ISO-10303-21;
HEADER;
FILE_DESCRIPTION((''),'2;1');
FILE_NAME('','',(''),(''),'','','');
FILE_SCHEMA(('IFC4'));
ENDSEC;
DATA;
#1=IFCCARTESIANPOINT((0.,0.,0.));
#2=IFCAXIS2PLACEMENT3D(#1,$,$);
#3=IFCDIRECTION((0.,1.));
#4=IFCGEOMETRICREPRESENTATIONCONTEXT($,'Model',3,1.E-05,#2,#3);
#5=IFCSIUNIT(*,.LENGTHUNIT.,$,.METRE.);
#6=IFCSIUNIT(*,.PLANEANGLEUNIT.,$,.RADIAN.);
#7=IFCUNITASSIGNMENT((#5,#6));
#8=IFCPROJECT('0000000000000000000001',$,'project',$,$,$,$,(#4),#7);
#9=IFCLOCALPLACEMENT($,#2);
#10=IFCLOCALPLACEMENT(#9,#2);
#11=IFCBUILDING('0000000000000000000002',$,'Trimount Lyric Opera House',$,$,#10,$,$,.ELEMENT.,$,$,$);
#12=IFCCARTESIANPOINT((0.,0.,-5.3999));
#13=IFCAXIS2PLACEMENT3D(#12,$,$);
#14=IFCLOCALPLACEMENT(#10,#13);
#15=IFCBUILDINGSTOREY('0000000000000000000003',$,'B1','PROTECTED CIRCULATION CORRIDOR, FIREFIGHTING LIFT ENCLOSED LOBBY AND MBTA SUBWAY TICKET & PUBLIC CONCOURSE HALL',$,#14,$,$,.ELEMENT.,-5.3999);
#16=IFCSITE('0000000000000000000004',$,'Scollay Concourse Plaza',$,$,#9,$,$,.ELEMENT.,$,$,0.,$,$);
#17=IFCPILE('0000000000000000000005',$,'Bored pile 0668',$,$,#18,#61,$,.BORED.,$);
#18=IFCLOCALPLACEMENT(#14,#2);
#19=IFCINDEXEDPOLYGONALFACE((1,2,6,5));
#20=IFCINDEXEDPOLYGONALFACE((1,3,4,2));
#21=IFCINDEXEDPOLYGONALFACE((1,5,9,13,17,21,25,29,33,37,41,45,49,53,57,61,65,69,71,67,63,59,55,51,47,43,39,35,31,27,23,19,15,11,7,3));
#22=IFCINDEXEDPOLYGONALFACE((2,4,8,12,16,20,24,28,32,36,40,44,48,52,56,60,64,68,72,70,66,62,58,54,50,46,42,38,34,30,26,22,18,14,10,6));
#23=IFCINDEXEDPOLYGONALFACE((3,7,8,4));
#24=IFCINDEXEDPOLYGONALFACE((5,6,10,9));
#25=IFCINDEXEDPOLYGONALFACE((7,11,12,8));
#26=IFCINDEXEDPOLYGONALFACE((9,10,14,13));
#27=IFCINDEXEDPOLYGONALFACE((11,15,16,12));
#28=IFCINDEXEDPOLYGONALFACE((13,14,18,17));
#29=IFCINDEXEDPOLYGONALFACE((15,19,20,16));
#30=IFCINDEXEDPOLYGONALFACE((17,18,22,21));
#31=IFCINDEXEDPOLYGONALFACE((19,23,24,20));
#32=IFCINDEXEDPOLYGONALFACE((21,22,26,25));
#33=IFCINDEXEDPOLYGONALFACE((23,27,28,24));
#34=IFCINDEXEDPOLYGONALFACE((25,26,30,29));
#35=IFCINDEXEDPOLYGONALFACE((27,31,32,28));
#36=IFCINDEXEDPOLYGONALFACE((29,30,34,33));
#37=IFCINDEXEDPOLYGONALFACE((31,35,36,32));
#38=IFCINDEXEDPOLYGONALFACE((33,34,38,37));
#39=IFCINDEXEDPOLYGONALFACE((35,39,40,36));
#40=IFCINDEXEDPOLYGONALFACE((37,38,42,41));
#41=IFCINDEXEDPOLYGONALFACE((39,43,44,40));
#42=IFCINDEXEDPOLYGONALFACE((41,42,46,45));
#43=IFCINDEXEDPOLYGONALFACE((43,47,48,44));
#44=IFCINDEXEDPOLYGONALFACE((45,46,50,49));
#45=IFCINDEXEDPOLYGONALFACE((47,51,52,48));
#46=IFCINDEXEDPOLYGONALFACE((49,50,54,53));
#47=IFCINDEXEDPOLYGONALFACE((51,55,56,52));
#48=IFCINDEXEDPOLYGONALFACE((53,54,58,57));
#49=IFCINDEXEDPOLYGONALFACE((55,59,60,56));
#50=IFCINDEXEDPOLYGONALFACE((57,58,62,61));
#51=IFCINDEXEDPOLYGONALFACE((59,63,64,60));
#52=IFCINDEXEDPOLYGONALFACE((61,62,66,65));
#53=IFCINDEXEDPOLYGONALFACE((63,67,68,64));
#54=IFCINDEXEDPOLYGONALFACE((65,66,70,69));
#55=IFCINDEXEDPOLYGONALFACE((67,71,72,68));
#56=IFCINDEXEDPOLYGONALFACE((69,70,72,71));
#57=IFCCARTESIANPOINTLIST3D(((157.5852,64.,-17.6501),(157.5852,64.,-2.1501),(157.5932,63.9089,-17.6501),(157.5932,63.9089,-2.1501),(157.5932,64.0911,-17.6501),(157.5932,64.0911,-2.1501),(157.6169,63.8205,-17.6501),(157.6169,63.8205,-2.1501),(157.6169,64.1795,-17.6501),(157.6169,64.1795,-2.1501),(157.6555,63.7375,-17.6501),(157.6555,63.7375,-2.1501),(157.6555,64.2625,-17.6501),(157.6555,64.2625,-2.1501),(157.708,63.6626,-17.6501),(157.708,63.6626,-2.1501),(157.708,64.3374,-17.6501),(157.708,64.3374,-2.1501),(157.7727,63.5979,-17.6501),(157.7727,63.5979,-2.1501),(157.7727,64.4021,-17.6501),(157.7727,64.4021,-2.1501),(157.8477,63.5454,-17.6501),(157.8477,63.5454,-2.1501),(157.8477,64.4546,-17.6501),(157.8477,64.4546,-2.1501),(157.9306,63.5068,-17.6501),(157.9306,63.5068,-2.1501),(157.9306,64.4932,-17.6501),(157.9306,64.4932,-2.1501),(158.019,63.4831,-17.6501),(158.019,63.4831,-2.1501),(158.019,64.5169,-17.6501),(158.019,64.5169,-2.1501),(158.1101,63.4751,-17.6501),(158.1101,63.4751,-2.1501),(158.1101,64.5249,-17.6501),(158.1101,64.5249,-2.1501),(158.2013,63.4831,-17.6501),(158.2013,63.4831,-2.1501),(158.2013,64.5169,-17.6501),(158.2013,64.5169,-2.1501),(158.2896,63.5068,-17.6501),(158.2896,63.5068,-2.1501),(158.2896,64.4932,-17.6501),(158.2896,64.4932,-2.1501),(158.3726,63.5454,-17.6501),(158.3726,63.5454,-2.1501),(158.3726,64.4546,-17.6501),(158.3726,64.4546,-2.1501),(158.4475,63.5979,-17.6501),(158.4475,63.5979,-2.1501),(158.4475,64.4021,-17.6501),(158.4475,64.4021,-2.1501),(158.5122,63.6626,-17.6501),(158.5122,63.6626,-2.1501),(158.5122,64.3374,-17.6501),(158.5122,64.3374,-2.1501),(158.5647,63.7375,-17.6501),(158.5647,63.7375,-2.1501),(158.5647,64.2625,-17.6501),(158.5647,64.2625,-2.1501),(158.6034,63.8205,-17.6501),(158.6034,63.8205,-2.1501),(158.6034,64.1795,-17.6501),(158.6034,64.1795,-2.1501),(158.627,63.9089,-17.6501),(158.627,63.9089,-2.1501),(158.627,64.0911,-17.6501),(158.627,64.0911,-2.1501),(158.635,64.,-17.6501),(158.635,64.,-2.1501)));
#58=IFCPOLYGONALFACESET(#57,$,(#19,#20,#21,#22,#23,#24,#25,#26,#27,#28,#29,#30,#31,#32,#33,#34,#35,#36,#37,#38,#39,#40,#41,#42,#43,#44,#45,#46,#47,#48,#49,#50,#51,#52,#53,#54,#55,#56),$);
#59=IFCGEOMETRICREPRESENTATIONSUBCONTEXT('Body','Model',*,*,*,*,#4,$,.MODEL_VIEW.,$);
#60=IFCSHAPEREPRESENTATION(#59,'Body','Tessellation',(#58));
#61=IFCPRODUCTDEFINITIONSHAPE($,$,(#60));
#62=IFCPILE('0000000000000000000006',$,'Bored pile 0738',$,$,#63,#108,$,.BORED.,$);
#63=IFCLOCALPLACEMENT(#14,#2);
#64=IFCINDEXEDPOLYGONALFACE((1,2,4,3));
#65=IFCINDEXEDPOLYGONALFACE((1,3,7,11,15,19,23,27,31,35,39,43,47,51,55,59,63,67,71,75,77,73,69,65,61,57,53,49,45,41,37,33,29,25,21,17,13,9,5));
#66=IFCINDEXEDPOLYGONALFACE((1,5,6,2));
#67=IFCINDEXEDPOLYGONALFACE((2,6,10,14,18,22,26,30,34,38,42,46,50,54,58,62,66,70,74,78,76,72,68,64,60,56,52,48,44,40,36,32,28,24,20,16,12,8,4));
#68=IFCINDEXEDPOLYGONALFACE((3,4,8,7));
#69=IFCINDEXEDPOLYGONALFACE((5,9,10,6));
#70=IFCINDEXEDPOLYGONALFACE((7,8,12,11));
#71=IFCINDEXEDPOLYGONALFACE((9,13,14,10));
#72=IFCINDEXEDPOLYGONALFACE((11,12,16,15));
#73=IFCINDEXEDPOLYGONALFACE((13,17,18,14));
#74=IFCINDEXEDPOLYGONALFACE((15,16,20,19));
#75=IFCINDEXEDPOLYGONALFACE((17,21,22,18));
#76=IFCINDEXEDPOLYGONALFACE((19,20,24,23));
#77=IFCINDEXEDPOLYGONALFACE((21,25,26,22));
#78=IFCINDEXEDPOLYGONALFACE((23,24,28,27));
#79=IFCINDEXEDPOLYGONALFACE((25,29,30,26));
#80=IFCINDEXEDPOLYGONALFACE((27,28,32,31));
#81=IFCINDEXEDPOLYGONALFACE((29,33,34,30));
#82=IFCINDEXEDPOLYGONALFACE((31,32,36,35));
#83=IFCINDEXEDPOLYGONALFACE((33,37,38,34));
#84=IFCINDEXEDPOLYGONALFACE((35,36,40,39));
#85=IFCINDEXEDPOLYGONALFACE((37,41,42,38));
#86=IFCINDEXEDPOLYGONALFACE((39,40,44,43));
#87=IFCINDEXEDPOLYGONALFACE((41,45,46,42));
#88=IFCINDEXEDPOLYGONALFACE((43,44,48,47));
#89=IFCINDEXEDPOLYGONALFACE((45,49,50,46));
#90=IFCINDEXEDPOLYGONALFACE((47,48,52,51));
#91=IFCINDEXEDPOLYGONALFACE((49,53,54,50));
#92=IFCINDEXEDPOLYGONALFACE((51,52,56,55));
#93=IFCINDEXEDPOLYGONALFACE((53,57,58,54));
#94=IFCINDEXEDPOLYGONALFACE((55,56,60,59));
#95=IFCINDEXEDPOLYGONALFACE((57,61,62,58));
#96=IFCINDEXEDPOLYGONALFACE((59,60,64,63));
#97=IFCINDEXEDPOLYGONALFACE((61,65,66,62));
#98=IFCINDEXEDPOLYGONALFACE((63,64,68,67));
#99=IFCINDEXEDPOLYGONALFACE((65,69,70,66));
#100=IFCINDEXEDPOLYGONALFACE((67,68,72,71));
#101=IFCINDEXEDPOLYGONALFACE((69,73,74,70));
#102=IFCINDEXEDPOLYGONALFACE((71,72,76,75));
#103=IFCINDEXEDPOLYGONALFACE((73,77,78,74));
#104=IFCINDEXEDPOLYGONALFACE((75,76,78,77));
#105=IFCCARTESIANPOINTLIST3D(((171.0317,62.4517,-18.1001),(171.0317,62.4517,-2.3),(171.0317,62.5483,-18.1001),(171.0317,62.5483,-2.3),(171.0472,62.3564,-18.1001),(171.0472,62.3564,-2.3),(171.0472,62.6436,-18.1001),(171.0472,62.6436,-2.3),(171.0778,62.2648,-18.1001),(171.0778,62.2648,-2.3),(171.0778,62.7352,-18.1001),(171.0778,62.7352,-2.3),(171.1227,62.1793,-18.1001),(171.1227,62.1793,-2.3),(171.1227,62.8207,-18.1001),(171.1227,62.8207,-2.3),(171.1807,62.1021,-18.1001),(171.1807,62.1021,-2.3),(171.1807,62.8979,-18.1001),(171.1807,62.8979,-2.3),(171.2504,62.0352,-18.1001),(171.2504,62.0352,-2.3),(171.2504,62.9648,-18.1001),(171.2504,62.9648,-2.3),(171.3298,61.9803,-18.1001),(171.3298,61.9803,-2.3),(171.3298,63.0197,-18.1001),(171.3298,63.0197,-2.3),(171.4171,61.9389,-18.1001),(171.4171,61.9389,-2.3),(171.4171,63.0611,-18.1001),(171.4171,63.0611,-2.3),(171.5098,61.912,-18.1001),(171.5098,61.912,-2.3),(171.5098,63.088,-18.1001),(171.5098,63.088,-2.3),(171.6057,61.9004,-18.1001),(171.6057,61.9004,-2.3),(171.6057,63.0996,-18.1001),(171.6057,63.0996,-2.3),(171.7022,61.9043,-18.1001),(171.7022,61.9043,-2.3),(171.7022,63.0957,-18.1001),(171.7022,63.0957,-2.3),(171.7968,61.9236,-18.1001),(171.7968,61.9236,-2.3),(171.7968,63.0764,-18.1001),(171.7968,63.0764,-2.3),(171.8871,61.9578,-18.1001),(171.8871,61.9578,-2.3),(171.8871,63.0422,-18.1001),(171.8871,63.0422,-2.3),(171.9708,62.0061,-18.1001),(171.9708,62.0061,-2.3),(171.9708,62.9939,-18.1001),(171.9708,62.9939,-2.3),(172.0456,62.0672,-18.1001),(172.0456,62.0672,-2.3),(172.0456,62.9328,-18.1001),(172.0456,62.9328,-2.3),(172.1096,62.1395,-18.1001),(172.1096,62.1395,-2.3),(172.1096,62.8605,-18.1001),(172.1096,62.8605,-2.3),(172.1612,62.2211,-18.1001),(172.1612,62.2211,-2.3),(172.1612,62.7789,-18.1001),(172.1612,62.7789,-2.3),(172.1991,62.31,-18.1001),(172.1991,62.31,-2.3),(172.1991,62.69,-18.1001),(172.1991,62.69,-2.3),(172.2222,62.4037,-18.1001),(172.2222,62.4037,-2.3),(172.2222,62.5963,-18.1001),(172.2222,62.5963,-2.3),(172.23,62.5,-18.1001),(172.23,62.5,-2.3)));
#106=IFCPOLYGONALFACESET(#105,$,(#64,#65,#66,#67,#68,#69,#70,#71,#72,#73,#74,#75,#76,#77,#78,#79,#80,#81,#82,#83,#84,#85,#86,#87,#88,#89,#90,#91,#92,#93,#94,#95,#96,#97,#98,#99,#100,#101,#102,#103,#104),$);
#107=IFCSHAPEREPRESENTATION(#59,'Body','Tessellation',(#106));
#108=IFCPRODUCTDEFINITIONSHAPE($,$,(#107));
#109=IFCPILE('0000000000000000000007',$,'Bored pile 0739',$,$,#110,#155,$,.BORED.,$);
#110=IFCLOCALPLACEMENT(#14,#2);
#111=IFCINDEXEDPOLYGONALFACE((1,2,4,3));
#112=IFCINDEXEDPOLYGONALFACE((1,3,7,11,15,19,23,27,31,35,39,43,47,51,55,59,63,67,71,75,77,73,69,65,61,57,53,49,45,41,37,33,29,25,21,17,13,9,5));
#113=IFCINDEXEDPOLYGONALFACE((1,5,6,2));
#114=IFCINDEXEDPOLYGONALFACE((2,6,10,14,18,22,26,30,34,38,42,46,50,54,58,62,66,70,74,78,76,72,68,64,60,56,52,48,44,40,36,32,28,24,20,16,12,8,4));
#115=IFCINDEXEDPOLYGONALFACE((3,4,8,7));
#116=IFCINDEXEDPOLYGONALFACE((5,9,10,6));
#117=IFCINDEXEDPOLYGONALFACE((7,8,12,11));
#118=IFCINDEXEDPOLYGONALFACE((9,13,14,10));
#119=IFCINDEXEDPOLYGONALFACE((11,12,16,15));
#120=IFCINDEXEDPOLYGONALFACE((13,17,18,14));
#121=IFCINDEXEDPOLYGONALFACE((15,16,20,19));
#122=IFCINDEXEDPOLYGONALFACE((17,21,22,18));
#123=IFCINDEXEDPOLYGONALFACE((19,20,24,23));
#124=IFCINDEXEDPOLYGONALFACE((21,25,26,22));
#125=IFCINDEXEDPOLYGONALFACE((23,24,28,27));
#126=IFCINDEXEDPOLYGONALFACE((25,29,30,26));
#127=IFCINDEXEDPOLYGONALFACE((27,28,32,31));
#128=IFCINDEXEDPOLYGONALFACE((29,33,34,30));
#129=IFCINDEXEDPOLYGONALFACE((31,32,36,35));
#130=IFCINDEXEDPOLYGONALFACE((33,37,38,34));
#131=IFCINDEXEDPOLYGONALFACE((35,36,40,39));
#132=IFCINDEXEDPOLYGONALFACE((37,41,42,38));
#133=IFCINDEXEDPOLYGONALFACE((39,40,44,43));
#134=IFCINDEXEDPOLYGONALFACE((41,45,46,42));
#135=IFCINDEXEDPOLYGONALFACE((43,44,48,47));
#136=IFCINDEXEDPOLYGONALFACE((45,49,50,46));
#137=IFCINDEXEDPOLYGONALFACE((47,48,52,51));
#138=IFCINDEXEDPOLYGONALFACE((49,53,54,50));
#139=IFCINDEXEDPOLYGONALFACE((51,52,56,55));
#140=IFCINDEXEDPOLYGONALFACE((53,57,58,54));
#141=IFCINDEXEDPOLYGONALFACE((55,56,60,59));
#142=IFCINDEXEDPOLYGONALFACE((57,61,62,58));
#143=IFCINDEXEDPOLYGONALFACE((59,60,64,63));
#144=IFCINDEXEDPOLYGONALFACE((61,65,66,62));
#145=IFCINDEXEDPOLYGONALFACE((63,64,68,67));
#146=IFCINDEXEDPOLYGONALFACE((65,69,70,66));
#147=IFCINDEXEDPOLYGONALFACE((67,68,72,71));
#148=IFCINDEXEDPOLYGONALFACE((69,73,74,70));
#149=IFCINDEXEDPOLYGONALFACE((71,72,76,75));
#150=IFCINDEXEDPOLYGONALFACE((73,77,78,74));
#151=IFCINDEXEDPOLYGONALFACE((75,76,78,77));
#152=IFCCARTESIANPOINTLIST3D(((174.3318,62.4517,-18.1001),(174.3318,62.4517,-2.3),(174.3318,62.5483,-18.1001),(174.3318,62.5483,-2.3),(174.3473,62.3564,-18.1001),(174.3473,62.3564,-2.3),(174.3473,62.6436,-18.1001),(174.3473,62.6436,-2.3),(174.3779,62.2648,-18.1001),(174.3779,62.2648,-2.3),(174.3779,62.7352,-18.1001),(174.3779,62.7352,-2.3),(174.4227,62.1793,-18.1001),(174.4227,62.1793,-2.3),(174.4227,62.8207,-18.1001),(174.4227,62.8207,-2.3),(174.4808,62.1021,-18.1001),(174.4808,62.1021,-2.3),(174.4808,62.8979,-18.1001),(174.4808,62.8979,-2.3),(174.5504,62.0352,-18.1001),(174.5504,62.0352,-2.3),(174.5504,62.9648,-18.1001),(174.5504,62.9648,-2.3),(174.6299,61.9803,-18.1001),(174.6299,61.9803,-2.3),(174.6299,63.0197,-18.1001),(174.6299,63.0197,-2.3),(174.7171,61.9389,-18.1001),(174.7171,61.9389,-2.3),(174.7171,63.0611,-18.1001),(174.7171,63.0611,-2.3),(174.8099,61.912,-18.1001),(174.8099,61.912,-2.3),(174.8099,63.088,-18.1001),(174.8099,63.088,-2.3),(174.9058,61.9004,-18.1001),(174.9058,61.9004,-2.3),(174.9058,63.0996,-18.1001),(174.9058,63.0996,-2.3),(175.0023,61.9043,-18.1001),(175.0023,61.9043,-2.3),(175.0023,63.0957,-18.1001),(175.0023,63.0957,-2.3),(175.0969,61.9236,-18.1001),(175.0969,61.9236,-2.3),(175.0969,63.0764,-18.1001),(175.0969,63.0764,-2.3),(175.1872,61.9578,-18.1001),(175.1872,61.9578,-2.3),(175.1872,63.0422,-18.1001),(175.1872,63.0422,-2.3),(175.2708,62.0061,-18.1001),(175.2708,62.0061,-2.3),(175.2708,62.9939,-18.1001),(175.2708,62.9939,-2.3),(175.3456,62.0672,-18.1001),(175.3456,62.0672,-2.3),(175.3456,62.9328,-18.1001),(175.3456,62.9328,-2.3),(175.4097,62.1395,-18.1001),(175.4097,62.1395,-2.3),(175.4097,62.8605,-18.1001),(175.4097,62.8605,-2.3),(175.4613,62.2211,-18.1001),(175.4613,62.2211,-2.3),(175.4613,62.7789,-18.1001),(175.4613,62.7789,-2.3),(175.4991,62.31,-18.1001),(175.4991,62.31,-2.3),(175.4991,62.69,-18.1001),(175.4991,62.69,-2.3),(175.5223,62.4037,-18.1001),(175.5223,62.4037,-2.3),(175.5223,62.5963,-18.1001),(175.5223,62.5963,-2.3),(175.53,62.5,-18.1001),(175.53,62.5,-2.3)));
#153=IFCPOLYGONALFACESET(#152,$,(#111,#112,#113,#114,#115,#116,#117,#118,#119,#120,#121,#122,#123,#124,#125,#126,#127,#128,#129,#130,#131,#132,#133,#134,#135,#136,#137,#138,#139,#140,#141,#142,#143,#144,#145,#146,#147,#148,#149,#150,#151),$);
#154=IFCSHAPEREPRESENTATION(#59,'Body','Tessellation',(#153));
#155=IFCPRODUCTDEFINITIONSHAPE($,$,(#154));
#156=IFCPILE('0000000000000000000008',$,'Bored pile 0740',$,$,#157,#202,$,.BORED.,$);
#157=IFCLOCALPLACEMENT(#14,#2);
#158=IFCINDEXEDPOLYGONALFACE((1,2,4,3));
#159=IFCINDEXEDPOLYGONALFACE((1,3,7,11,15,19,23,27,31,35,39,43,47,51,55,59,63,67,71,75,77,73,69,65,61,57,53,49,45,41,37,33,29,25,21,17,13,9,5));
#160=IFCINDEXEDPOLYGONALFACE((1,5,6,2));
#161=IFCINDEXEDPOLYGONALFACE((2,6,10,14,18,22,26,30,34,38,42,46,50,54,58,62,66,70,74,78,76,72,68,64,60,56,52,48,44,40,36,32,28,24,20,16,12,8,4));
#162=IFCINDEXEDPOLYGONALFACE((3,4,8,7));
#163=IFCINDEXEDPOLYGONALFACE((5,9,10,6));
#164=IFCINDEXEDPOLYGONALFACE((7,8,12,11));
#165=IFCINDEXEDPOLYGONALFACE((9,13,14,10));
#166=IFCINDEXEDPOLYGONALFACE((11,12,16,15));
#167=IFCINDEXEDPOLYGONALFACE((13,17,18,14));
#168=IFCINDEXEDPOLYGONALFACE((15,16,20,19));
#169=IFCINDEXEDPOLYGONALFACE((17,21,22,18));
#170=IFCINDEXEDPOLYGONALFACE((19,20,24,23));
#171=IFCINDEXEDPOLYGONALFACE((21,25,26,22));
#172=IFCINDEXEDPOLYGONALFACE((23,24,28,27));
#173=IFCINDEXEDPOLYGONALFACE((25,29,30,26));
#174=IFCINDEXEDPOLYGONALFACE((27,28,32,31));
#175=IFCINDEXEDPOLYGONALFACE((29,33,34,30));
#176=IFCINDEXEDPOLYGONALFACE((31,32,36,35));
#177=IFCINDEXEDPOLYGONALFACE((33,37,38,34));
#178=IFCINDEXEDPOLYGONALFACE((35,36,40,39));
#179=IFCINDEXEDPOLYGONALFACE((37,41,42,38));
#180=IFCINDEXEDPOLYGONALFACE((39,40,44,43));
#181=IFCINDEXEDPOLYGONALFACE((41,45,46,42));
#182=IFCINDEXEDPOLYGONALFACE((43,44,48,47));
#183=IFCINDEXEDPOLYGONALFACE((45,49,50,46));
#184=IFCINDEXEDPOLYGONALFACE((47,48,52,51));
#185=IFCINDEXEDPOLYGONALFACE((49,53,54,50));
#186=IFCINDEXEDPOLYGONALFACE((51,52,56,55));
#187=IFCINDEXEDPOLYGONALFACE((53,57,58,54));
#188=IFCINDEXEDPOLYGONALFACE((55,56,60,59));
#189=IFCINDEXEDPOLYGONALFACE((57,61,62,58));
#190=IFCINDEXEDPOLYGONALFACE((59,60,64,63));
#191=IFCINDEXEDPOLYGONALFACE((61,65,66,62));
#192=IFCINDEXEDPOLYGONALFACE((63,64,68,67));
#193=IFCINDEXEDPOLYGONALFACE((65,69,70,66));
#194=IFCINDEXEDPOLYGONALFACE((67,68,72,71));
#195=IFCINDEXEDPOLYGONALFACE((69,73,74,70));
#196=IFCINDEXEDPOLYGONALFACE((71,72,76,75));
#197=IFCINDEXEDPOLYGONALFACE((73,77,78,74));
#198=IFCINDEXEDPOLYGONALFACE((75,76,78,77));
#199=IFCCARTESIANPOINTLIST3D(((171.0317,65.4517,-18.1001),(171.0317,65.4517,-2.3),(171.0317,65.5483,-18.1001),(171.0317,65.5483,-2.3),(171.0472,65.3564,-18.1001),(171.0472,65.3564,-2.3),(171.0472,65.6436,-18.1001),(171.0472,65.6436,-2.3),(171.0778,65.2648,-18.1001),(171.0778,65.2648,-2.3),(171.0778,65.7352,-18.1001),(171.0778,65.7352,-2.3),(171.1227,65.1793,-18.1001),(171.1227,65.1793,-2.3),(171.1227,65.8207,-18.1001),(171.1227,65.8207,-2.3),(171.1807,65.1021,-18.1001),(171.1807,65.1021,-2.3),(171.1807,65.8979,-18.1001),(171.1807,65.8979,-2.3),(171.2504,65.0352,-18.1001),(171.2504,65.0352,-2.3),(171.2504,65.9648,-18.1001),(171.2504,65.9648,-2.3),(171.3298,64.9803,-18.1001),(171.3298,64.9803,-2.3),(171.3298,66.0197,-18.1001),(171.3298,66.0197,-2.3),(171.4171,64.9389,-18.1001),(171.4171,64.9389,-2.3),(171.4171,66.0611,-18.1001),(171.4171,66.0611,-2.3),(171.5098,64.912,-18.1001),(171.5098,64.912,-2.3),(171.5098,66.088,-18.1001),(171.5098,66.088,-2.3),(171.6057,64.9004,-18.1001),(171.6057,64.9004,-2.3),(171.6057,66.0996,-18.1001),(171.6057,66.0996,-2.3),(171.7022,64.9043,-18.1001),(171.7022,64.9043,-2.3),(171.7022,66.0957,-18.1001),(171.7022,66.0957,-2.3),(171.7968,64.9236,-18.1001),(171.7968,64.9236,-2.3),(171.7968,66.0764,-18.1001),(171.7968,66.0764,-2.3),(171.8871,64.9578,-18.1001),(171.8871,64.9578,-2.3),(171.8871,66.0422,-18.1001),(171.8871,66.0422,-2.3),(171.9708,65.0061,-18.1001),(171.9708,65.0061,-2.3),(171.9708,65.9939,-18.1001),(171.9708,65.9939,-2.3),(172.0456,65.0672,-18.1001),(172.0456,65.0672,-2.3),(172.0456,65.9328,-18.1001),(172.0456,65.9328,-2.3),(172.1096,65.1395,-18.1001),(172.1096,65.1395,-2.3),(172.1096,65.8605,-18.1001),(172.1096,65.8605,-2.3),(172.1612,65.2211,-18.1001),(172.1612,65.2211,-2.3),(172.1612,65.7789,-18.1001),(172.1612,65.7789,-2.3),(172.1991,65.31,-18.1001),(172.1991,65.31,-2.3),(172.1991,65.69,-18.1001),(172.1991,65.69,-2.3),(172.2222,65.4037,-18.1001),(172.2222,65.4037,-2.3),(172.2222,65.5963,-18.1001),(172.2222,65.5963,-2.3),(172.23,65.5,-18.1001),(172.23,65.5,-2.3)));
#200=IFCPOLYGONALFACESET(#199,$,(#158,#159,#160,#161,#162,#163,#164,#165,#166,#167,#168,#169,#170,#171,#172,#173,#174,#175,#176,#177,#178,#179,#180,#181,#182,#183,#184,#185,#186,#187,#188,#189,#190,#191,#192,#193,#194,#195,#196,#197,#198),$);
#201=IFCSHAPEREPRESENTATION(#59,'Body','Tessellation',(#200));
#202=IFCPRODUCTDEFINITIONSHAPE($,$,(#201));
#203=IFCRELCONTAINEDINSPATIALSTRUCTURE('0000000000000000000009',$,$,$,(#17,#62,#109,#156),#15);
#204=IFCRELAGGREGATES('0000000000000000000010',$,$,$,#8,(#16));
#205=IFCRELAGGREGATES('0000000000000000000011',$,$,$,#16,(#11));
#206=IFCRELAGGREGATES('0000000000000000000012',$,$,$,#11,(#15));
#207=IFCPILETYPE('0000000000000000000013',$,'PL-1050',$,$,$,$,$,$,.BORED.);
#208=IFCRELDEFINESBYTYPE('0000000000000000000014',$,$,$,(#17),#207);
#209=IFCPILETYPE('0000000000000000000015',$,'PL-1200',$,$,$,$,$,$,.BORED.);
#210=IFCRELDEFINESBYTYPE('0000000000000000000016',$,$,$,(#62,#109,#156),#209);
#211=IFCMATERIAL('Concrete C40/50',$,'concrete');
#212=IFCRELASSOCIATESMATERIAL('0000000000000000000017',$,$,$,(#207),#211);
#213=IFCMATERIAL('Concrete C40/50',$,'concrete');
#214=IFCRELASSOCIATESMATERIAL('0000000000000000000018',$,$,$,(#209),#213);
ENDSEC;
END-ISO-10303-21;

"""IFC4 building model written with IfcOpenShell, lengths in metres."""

from ifc_helpers import new_model, si_unit, direction, frame, origin, origin_2d, place, context, subcontext, project, spatial, circle, extrude, material, material_profile, profile_set, type_object, element, save


model = new_model("IFC4")

# Units and contexts
model_context = context("Model", 3, precision=1e-05, world=origin(), true_north=direction((0.0, 1.0)))
body_context = subcontext(model_context, "Body", "Model", "MODEL_VIEW")
ifc_project = project(units=[si_unit("LENGTHUNIT", "METRE"), si_unit("PLANEANGLEUNIT", "RADIAN")], contexts=[model_context])

# Site, building, storey
site_placement = place(None, origin())
site = spatial("IfcSite", under=ifc_project, at=site_placement, Name="Scollay Concourse Plaza", CompositionType="ELEMENT", RefElevation=0.0)
building_placement = place(site_placement, origin())
building = spatial("IfcBuilding", under=site, at=building_placement, Name="Trimount Lyric Opera House", CompositionType="ELEMENT")
storey_placement = place(building_placement, frame((0.0, 0.0, -5.3999)))
storey = spatial("IfcBuildingStorey", under=building, at=storey_placement, Name="B1", Description="PROTECTED CIRCULATION CORRIDOR, FIREFIGHTING LIFT ENCLOSED LOBBY AND MBTA SUBWAY TICKET & PUBLIC CONCOURSE HALL", CompositionType="ELEMENT", Elevation=-5.3999)

# Piles
ifc_material_1 = material(Name="Concrete C40/50", Category="concrete")
ifc_material_profile_1 = material_profile(ifc_material_1, circle(Radius=0.5249, at=origin_2d()), Name="PILE-D1050")
ifc_profile_set_1 = profile_set([ifc_material_profile_1], Name="Concrete C40/50")
pile_type_1 = type_object("IfcPileType", Name="PL-1050", PredefinedType="BORED", material=ifc_profile_set_1)
pile_placement = place(storey_placement, frame((158.1101, 64.0, -2.1501), z_axis=(0.0, 0.0, -1.0), x_axis=(1.0, 0.0, 0.0)))
element("IfcPile", 1, at=pile_placement, inside=storey, type_object=pile_type_1, Name="Bored pile 0668", PredefinedType="BORED", context=body_context, shape_type="SweptSolid", body=[
    extrude(circle(Radius=0.5249, at=origin_2d()), origin(), (0.0, 0.0, 1.0), 15.5),
])
ifc_material_2 = material(Name="Concrete C40/50", Category="concrete")
ifc_material_profile_2 = material_profile(ifc_material_2, circle(Radius=0.6001, at=origin_2d()), Name="PILE-D1200")
ifc_profile_set_2 = profile_set([ifc_material_profile_2], Name="Concrete C40/50")
pile_type_2 = type_object("IfcPileType", Name="PL-1200", PredefinedType="BORED", material=ifc_profile_set_2)
for number, where, z_axis, x_axis, name in (
    (2, (171.6299, 62.5, -2.3), (0.0, 0.0, -1.0), (1.0, 0.0, 0.0), "Bored pile 0738"),
    (3, (174.9299, 62.5, -2.3), (0.0, 0.0, -1.0), (1.0, 0.0, 0.0), "Bored pile 0739"),
    (4, (171.6299, 65.5, -2.3), (0.0, 0.0, -1.0), (1.0, 0.0, 0.0), "Bored pile 0740"),
):
    element("IfcPile", number, at=place(storey_placement, frame(where, z_axis=z_axis, x_axis=x_axis)), inside=storey, type_object=pile_type_2, Name=name, PredefinedType="BORED", context=body_context, shape_type="SweptSolid", body=[
        extrude(circle(Radius=0.6001, at=origin_2d()), origin(), (0.0, 0.0, 1.0), 15.8),
    ])

save(model, "model.ifc")
